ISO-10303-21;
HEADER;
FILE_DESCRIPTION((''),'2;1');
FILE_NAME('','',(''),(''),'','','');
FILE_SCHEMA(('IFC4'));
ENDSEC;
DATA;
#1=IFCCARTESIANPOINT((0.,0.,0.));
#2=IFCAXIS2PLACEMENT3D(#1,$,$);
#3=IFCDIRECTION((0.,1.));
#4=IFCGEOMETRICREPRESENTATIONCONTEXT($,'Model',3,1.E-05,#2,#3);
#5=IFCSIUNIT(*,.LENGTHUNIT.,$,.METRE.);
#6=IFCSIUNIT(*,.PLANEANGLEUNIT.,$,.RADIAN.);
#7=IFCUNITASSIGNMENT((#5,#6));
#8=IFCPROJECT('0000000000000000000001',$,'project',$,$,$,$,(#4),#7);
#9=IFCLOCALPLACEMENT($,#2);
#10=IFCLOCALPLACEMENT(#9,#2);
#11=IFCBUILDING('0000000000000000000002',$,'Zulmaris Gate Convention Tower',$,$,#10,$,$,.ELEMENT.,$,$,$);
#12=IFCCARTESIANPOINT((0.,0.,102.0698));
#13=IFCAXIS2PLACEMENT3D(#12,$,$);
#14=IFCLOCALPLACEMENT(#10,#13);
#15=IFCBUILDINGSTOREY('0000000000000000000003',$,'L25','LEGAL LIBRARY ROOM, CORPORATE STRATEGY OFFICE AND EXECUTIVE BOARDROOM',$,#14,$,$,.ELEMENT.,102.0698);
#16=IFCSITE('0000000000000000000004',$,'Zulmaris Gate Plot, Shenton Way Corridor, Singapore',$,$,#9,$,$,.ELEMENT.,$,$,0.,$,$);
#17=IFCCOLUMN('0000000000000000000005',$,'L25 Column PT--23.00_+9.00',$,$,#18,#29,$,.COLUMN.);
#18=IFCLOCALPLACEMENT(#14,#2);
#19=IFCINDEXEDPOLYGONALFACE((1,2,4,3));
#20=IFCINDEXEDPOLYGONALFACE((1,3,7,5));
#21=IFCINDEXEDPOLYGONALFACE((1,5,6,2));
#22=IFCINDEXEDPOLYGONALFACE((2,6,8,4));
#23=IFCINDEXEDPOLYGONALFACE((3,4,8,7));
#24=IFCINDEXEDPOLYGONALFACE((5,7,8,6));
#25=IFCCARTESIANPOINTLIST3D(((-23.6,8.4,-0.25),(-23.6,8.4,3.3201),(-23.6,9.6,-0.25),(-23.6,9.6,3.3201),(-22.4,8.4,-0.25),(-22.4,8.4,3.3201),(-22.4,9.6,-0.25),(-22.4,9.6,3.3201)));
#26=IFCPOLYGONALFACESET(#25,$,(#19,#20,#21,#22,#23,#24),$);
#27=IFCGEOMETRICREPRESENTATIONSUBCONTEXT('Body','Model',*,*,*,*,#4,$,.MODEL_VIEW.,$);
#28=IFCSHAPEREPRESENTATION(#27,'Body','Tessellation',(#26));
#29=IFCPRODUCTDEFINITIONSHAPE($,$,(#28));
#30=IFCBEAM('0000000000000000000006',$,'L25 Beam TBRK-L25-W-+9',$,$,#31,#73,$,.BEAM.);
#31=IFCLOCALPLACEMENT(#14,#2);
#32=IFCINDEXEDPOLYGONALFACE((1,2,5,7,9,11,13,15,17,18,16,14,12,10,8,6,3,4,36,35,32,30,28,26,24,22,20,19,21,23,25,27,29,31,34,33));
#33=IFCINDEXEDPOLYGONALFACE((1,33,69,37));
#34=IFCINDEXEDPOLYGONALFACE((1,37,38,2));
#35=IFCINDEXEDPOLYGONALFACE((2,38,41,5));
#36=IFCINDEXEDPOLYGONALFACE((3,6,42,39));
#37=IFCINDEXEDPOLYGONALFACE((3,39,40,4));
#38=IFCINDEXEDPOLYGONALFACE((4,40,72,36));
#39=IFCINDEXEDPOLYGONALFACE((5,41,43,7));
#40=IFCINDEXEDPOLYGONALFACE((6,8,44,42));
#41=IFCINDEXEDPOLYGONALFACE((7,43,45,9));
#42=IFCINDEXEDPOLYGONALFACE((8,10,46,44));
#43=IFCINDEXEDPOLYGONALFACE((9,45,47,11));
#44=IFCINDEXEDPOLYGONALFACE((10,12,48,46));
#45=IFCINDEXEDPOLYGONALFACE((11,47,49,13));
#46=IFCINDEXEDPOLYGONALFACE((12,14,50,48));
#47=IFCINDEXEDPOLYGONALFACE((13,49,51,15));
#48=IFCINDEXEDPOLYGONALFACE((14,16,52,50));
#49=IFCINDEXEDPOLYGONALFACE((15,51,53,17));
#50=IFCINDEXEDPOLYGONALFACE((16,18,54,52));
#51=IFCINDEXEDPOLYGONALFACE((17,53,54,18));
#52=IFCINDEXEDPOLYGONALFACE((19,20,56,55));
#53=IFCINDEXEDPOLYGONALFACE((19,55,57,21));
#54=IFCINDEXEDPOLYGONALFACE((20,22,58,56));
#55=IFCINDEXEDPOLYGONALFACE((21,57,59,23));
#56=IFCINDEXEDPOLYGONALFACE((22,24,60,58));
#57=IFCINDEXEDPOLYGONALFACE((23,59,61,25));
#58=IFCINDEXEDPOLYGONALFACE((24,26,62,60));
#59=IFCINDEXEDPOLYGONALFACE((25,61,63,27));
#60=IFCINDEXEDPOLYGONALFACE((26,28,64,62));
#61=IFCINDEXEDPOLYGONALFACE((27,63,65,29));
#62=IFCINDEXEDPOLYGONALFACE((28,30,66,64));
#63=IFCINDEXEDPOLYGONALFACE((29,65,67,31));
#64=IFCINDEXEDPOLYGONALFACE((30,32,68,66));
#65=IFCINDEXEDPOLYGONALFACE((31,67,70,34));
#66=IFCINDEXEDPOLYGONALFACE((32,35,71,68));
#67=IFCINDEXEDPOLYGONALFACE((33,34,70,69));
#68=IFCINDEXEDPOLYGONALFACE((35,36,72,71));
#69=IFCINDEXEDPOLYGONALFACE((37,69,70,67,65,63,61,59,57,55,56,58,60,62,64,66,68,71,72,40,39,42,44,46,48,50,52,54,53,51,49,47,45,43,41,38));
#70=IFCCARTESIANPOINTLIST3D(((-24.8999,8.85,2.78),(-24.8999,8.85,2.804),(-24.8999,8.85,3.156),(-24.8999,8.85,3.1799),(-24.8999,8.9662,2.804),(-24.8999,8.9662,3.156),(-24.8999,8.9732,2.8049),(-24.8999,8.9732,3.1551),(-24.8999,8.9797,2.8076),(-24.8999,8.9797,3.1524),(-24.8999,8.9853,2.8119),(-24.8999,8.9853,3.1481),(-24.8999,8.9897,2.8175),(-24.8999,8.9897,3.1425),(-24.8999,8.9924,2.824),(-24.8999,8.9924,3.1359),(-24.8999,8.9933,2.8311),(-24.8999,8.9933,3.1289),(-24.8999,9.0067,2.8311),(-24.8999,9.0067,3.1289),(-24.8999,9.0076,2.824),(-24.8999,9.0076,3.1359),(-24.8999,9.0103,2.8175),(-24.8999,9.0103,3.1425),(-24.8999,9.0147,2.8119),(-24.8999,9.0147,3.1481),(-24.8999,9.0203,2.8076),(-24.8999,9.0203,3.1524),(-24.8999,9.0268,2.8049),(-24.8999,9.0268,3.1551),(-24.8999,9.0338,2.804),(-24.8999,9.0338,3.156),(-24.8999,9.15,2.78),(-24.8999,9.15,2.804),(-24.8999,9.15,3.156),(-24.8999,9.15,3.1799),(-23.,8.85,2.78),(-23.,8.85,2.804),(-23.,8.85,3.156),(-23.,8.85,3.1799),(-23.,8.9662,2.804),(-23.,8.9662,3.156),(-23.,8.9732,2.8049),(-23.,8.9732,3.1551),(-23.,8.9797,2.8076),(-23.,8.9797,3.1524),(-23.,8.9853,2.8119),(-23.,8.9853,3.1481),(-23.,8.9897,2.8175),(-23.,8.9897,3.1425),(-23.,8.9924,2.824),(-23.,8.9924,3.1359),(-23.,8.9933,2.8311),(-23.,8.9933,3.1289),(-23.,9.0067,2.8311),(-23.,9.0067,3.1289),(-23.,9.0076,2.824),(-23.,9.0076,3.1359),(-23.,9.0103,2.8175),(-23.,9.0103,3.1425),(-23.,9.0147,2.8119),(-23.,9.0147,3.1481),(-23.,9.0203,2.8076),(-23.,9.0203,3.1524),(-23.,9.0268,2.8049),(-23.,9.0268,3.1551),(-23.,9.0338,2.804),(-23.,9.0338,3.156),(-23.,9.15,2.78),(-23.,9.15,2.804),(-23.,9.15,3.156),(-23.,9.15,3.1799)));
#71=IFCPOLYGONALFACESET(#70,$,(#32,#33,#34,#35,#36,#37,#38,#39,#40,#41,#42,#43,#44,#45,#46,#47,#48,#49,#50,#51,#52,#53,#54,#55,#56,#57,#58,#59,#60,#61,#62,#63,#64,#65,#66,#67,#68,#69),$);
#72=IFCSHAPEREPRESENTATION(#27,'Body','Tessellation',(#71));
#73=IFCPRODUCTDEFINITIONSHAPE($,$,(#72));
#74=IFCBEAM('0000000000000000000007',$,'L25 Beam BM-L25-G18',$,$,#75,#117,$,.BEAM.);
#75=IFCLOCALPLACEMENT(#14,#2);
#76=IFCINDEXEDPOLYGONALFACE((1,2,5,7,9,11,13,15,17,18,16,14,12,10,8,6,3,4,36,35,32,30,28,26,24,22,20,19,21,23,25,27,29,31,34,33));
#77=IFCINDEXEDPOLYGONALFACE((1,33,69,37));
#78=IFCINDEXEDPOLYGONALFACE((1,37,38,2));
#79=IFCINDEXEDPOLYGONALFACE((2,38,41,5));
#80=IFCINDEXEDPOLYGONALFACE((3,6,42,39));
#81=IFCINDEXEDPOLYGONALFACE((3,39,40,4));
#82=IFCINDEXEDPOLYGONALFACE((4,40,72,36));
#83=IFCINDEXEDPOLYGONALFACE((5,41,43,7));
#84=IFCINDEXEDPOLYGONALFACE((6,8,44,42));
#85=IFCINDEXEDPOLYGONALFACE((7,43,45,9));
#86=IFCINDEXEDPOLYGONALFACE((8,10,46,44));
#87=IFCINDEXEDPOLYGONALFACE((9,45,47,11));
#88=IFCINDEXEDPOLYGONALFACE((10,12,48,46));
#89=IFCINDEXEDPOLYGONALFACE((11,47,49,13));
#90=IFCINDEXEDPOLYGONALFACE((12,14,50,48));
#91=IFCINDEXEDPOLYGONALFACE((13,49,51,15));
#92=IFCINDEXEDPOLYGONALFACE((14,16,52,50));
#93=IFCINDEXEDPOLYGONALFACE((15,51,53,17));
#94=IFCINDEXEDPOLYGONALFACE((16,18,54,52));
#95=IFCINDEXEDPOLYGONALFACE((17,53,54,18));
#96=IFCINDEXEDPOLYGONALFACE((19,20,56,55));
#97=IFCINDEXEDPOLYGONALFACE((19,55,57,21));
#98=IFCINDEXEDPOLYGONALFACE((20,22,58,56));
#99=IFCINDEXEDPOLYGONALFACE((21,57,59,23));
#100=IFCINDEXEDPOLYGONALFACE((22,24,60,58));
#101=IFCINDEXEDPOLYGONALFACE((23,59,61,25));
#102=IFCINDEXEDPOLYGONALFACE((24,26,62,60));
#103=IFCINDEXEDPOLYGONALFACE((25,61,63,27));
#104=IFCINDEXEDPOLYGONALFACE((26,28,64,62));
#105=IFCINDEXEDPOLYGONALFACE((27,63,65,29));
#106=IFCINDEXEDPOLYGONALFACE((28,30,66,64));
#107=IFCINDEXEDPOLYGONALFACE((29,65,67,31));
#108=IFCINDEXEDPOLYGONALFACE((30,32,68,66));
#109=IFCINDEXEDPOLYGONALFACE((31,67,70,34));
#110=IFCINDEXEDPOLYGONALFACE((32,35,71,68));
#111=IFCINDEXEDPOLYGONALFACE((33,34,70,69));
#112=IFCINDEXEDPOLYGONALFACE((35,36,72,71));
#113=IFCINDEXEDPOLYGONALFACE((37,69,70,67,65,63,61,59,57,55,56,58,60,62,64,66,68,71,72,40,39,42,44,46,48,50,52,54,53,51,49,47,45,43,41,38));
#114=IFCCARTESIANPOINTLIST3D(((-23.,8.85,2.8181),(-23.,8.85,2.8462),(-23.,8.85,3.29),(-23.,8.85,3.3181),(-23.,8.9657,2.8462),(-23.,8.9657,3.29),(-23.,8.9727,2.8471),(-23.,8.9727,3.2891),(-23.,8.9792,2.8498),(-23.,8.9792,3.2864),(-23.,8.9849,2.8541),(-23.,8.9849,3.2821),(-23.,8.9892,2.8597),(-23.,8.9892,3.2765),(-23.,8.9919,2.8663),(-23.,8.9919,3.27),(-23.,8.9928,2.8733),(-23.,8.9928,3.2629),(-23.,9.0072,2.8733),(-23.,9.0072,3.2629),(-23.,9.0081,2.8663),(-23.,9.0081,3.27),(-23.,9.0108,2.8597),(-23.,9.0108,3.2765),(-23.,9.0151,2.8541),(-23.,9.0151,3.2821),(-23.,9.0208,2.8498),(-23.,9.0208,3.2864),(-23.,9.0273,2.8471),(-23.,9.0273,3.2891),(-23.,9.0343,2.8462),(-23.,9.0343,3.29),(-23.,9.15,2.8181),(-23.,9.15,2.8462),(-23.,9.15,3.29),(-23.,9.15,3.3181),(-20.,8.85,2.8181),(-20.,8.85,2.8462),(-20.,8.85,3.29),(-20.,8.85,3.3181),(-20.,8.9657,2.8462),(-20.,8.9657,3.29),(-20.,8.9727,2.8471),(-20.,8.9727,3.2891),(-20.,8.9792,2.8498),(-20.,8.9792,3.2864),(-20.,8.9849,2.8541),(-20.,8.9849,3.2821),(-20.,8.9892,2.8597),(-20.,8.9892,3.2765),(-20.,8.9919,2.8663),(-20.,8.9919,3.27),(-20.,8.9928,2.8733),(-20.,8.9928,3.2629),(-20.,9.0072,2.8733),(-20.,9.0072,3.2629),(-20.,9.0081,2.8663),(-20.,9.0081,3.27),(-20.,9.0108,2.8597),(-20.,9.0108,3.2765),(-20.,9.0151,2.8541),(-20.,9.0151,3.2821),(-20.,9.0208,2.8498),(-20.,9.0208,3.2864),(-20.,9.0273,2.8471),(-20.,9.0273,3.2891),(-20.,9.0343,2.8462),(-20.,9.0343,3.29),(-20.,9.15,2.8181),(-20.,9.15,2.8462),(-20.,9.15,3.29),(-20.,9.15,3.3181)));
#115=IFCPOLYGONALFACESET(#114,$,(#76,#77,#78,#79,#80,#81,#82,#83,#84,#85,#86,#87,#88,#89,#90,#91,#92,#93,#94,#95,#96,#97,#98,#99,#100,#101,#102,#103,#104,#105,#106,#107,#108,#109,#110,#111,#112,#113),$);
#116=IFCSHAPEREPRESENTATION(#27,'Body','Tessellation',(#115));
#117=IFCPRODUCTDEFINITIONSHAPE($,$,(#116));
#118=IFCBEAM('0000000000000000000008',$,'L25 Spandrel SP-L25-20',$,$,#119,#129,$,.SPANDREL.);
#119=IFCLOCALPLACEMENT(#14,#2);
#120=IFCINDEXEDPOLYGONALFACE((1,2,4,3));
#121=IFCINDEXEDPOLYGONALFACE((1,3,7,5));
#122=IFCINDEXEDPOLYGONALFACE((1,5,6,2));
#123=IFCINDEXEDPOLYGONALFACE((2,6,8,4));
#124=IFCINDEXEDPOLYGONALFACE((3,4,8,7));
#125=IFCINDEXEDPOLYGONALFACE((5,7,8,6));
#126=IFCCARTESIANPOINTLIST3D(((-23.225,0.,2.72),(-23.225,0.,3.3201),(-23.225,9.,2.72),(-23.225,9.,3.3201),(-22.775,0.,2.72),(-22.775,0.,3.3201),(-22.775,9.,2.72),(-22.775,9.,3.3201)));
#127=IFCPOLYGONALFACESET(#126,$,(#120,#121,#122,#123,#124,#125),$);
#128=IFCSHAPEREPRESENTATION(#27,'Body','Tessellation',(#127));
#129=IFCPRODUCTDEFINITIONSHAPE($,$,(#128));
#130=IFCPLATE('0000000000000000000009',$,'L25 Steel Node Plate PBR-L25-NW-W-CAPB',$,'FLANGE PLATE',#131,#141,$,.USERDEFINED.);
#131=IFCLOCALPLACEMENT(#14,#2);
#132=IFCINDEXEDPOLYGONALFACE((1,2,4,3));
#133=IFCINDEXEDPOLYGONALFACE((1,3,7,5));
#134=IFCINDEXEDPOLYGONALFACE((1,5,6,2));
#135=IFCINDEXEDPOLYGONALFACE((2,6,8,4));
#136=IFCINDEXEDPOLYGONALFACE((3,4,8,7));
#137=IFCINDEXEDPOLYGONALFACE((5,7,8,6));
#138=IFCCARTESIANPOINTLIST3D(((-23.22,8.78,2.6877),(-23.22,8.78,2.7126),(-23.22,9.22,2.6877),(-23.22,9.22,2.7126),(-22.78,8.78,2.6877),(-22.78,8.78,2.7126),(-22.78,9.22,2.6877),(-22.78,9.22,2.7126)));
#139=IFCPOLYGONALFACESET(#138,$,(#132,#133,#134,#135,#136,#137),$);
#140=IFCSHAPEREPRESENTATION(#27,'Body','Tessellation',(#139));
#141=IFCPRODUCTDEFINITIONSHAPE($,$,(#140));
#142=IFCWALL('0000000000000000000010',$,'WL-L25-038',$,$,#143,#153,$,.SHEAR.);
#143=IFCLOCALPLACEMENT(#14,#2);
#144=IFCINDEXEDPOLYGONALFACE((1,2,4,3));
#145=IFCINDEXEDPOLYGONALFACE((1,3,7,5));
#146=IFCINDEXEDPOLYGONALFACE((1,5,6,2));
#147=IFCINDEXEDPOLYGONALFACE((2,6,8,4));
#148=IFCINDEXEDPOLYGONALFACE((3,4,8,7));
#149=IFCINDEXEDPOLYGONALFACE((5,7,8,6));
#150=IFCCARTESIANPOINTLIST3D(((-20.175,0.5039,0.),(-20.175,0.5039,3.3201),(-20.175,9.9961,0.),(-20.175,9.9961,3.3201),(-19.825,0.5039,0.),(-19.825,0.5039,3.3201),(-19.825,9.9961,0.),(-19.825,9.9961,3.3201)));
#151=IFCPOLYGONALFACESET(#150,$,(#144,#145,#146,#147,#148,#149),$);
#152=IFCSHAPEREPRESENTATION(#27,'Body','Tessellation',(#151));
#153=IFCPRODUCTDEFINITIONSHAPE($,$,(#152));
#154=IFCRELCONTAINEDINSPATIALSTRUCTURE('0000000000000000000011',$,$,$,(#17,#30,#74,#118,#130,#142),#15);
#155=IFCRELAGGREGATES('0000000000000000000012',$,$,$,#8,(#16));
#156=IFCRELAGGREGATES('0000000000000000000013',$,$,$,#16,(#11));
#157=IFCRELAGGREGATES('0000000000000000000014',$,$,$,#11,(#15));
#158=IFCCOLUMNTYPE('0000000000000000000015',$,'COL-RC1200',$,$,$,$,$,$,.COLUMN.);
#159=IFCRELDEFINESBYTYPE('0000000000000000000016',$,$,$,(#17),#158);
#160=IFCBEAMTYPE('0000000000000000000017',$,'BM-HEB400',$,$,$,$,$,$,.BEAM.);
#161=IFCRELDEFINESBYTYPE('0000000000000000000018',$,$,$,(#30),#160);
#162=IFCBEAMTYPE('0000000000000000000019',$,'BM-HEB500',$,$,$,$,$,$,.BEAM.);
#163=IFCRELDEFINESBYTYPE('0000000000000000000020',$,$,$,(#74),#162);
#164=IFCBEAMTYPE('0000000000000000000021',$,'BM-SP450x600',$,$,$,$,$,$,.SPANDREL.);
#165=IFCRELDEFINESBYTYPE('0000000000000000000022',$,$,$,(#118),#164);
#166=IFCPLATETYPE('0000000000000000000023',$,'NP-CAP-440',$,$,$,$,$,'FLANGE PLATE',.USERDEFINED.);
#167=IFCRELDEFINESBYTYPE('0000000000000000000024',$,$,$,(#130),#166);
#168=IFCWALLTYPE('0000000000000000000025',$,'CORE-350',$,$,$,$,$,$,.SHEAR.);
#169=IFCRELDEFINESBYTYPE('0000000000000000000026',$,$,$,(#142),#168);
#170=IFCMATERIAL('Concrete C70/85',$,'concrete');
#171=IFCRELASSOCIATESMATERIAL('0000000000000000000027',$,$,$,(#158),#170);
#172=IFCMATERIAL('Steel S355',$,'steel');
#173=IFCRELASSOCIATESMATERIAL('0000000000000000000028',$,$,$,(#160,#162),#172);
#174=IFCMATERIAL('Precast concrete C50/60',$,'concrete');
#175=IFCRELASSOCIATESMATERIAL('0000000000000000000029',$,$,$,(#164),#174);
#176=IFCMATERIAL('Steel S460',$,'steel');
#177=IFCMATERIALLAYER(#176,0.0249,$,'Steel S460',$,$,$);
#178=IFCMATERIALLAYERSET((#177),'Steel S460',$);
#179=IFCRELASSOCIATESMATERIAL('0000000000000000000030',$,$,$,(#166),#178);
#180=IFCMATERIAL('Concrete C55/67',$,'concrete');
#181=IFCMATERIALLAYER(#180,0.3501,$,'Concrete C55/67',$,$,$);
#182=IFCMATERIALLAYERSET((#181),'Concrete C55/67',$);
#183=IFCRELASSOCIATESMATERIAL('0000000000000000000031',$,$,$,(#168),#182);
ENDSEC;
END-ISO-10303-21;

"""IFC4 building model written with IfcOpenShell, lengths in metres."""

from ifc_helpers import new_model, si_unit, direction, frame, frame_2d, origin, origin_2d, place, context, subcontext, project, spatial, rectangle, i_section, extrude, material, layer, layer_set, material_profile, profile_set, type_object, element, save


model = new_model("IFC4")

# Units and contexts
model_context = context("Model", 3, precision=1e-05, world=origin(), true_north=direction((0.0, 1.0)))
body_context = subcontext(model_context, "Body", "Model", "MODEL_VIEW")
ifc_project = project(units=[si_unit("LENGTHUNIT", "METRE"), si_unit("PLANEANGLEUNIT", "RADIAN")], contexts=[model_context])

# Site, building, storey
site_placement = place(None, origin())
site = spatial("IfcSite", under=ifc_project, at=site_placement, Name="Zulmaris Gate Plot, Shenton Way Corridor, Singapore", CompositionType="ELEMENT", RefElevation=0.0)
building_placement = place(site_placement, origin())
building = spatial("IfcBuilding", under=site, at=building_placement, Name="Zulmaris Gate Convention Tower", CompositionType="ELEMENT")
storey_placement = place(building_placement, frame((0.0, 0.0, 102.0698)))
storey = spatial("IfcBuildingStorey", under=building, at=storey_placement, Name="L25", Description="LEGAL LIBRARY ROOM, CORPORATE STRATEGY OFFICE AND EXECUTIVE BOARDROOM", CompositionType="ELEMENT", Elevation=102.0698)

# Column
ifc_material_1 = material(Name="Concrete C70/85", Category="concrete")
ifc_material_profile_1 = material_profile(ifc_material_1, rectangle(XDim=1.2, YDim=1.2, at=origin_2d()), Name="RC COL 1200x1200")
ifc_profile_set_1 = profile_set([ifc_material_profile_1], Name="Concrete C70/85")
column_type = type_object("IfcColumnType", Name="COL-RC1200", PredefinedType="COLUMN", material=ifc_profile_set_1)
column_placement = place(storey_placement, frame((-23.0, 9.0, -0.25), z_axis=(0.0, 0.0, 1.0), x_axis=(1.0, 0.0, 0.0)))
element("IfcColumn", 1, at=column_placement, inside=storey, type_object=column_type, Name="L25 Column PT--23.00_+9.00", PredefinedType="COLUMN", context=body_context, shape_type="SweptSolid", body=[
    extrude(rectangle(XDim=1.2, YDim=1.2, at=origin_2d()), origin(), (0.0, 0.0, 1.0), 3.5701),
])

# Beams
ifc_material_2 = material(Name="Steel S355", Category="steel")
ifc_material_profile_2 = material_profile(ifc_material_2, i_section(OverallWidth=0.3, OverallDepth=0.3999, WebThickness=0.0134, FlangeThickness=0.0239, FilletRadius=0.0271, at=origin_2d()), Name="HEB 400")
ifc_profile_set_2 = profile_set([ifc_material_profile_2], Name="Steel S355")
beam_type_1 = type_object("IfcBeamType", Name="BM-HEB400", PredefinedType="BEAM", material=ifc_profile_set_2)
beam_1_placement = place(storey_placement, frame((-24.8999, 9.0, 2.98), z_axis=(1.0, 0.0, 0.0), x_axis=(0.0, 1.0, 0.0)))
element("IfcBeam", 2, at=beam_1_placement, inside=storey, type_object=beam_type_1, Name="L25 Beam TBRK-L25-W-+9", PredefinedType="BEAM", context=body_context, shape_type="SweptSolid", body=[
    extrude(i_section(OverallWidth=0.3, OverallDepth=0.3999, WebThickness=0.0134, FlangeThickness=0.0239, FilletRadius=0.0271, at=origin_2d()), origin(), (0.0, 0.0, 1.0), 1.8999),
])
ifc_material_profile_3 = material_profile(ifc_material_2, i_section(OverallWidth=0.3, OverallDepth=0.5, WebThickness=0.0144, FlangeThickness=0.0281, FilletRadius=0.0271, at=origin_2d()), Name="HEB 500")
ifc_profile_set_3 = profile_set([ifc_material_profile_3], Name="Steel S355")
beam_type_2 = type_object("IfcBeamType", Name="BM-HEB500", PredefinedType="BEAM", material=ifc_profile_set_3)
beam_2_placement = place(storey_placement, frame((-23.0, 9.0, 3.0681), z_axis=(1.0, 0.0, 0.0), x_axis=(0.0, 1.0, 0.0)))
element("IfcBeam", 3, at=beam_2_placement, inside=storey, type_object=beam_type_2, Name="L25 Beam BM-L25-G18", PredefinedType="BEAM", context=body_context, shape_type="SweptSolid", body=[
    extrude(i_section(OverallWidth=0.3, OverallDepth=0.5, WebThickness=0.0144, FlangeThickness=0.0281, FilletRadius=0.0271, at=origin_2d()), origin(), (0.0, 0.0, 1.0), 3.0),
])
ifc_material_3 = material(Name="Precast concrete C50/60", Category="concrete")
ifc_material_profile_4 = material_profile(ifc_material_3, rectangle(XDim=0.45, YDim=0.6001, at=origin_2d()), Name="RC SPANDREL 450x600")
ifc_profile_set_4 = profile_set([ifc_material_profile_4], Name="Precast concrete C50/60")
beam_type_3 = type_object("IfcBeamType", Name="BM-SP450x600", PredefinedType="SPANDREL", material=ifc_profile_set_4)
beam_3_placement = place(storey_placement, frame((-23.0, 9.0, 3.02), z_axis=(0.0, -1.0, 0.0), x_axis=(1.0, 0.0, 0.0)))
element("IfcBeam", 4, at=beam_3_placement, inside=storey, type_object=beam_type_3, Name="L25 Spandrel SP-L25-20", PredefinedType="SPANDREL", context=body_context, shape_type="SweptSolid", body=[
    extrude(rectangle(XDim=0.45, YDim=0.6001, at=origin_2d()), origin(), (0.0, 0.0, 1.0), 9.0),
])

# Plate
ifc_material_4 = material(Name="Steel S460", Category="steel")
ifc_layer_1 = layer(ifc_material_4, 0.0249, Name="Steel S460")
ifc_layer_set_1 = layer_set([ifc_layer_1], Name="Steel S460")
plate_type = type_object("IfcPlateType", Name="NP-CAP-440", ElementType="FLANGE PLATE", PredefinedType="USERDEFINED", material=ifc_layer_set_1)
plate_placement = place(storey_placement, frame((-23.0, 9.0, 2.6877), z_axis=(0.0, 0.0, 1.0), x_axis=(1.0, 0.0, 0.0)))
element("IfcPlate", 5, at=plate_placement, inside=storey, type_object=plate_type, Name="L25 Steel Node Plate PBR-L25-NW-W-CAPB", ObjectType="FLANGE PLATE", PredefinedType="USERDEFINED", context=body_context, shape_type="SweptSolid", body=[
    extrude(rectangle(XDim=0.4399, YDim=0.4399, at=origin_2d()), origin(), (0.0, 0.0, 1.0), 0.0249),
])

# Wall
ifc_material_5 = material(Name="Concrete C55/67", Category="concrete")
ifc_layer_2 = layer(ifc_material_5, 0.3501, Name="Concrete C55/67")
ifc_layer_set_2 = layer_set([ifc_layer_2], Name="Concrete C55/67")
wall_type_1 = type_object("IfcWallType", Name="CORE-350", PredefinedType="SHEAR", material=ifc_layer_set_2)
wall_1_placement = place(storey_placement, frame((-20.0, 0.5039, 0.0), z_axis=(0.0, 0.0, 1.0), x_axis=(0.0, 1.0, 0.0)))
element("IfcWall", 6, at=wall_1_placement, inside=storey, type_object=wall_type_1, Name="WL-L25-038", PredefinedType="SHEAR", context=body_context, shape_type="SweptSolid", body=[
    extrude(rectangle(XDim=9.4922, YDim=0.3501, at=frame_2d((4.7461, 0.0))), origin(), (0.0, 0.0, 1.0), 3.3201),
])

save(model, "model.ifc")
